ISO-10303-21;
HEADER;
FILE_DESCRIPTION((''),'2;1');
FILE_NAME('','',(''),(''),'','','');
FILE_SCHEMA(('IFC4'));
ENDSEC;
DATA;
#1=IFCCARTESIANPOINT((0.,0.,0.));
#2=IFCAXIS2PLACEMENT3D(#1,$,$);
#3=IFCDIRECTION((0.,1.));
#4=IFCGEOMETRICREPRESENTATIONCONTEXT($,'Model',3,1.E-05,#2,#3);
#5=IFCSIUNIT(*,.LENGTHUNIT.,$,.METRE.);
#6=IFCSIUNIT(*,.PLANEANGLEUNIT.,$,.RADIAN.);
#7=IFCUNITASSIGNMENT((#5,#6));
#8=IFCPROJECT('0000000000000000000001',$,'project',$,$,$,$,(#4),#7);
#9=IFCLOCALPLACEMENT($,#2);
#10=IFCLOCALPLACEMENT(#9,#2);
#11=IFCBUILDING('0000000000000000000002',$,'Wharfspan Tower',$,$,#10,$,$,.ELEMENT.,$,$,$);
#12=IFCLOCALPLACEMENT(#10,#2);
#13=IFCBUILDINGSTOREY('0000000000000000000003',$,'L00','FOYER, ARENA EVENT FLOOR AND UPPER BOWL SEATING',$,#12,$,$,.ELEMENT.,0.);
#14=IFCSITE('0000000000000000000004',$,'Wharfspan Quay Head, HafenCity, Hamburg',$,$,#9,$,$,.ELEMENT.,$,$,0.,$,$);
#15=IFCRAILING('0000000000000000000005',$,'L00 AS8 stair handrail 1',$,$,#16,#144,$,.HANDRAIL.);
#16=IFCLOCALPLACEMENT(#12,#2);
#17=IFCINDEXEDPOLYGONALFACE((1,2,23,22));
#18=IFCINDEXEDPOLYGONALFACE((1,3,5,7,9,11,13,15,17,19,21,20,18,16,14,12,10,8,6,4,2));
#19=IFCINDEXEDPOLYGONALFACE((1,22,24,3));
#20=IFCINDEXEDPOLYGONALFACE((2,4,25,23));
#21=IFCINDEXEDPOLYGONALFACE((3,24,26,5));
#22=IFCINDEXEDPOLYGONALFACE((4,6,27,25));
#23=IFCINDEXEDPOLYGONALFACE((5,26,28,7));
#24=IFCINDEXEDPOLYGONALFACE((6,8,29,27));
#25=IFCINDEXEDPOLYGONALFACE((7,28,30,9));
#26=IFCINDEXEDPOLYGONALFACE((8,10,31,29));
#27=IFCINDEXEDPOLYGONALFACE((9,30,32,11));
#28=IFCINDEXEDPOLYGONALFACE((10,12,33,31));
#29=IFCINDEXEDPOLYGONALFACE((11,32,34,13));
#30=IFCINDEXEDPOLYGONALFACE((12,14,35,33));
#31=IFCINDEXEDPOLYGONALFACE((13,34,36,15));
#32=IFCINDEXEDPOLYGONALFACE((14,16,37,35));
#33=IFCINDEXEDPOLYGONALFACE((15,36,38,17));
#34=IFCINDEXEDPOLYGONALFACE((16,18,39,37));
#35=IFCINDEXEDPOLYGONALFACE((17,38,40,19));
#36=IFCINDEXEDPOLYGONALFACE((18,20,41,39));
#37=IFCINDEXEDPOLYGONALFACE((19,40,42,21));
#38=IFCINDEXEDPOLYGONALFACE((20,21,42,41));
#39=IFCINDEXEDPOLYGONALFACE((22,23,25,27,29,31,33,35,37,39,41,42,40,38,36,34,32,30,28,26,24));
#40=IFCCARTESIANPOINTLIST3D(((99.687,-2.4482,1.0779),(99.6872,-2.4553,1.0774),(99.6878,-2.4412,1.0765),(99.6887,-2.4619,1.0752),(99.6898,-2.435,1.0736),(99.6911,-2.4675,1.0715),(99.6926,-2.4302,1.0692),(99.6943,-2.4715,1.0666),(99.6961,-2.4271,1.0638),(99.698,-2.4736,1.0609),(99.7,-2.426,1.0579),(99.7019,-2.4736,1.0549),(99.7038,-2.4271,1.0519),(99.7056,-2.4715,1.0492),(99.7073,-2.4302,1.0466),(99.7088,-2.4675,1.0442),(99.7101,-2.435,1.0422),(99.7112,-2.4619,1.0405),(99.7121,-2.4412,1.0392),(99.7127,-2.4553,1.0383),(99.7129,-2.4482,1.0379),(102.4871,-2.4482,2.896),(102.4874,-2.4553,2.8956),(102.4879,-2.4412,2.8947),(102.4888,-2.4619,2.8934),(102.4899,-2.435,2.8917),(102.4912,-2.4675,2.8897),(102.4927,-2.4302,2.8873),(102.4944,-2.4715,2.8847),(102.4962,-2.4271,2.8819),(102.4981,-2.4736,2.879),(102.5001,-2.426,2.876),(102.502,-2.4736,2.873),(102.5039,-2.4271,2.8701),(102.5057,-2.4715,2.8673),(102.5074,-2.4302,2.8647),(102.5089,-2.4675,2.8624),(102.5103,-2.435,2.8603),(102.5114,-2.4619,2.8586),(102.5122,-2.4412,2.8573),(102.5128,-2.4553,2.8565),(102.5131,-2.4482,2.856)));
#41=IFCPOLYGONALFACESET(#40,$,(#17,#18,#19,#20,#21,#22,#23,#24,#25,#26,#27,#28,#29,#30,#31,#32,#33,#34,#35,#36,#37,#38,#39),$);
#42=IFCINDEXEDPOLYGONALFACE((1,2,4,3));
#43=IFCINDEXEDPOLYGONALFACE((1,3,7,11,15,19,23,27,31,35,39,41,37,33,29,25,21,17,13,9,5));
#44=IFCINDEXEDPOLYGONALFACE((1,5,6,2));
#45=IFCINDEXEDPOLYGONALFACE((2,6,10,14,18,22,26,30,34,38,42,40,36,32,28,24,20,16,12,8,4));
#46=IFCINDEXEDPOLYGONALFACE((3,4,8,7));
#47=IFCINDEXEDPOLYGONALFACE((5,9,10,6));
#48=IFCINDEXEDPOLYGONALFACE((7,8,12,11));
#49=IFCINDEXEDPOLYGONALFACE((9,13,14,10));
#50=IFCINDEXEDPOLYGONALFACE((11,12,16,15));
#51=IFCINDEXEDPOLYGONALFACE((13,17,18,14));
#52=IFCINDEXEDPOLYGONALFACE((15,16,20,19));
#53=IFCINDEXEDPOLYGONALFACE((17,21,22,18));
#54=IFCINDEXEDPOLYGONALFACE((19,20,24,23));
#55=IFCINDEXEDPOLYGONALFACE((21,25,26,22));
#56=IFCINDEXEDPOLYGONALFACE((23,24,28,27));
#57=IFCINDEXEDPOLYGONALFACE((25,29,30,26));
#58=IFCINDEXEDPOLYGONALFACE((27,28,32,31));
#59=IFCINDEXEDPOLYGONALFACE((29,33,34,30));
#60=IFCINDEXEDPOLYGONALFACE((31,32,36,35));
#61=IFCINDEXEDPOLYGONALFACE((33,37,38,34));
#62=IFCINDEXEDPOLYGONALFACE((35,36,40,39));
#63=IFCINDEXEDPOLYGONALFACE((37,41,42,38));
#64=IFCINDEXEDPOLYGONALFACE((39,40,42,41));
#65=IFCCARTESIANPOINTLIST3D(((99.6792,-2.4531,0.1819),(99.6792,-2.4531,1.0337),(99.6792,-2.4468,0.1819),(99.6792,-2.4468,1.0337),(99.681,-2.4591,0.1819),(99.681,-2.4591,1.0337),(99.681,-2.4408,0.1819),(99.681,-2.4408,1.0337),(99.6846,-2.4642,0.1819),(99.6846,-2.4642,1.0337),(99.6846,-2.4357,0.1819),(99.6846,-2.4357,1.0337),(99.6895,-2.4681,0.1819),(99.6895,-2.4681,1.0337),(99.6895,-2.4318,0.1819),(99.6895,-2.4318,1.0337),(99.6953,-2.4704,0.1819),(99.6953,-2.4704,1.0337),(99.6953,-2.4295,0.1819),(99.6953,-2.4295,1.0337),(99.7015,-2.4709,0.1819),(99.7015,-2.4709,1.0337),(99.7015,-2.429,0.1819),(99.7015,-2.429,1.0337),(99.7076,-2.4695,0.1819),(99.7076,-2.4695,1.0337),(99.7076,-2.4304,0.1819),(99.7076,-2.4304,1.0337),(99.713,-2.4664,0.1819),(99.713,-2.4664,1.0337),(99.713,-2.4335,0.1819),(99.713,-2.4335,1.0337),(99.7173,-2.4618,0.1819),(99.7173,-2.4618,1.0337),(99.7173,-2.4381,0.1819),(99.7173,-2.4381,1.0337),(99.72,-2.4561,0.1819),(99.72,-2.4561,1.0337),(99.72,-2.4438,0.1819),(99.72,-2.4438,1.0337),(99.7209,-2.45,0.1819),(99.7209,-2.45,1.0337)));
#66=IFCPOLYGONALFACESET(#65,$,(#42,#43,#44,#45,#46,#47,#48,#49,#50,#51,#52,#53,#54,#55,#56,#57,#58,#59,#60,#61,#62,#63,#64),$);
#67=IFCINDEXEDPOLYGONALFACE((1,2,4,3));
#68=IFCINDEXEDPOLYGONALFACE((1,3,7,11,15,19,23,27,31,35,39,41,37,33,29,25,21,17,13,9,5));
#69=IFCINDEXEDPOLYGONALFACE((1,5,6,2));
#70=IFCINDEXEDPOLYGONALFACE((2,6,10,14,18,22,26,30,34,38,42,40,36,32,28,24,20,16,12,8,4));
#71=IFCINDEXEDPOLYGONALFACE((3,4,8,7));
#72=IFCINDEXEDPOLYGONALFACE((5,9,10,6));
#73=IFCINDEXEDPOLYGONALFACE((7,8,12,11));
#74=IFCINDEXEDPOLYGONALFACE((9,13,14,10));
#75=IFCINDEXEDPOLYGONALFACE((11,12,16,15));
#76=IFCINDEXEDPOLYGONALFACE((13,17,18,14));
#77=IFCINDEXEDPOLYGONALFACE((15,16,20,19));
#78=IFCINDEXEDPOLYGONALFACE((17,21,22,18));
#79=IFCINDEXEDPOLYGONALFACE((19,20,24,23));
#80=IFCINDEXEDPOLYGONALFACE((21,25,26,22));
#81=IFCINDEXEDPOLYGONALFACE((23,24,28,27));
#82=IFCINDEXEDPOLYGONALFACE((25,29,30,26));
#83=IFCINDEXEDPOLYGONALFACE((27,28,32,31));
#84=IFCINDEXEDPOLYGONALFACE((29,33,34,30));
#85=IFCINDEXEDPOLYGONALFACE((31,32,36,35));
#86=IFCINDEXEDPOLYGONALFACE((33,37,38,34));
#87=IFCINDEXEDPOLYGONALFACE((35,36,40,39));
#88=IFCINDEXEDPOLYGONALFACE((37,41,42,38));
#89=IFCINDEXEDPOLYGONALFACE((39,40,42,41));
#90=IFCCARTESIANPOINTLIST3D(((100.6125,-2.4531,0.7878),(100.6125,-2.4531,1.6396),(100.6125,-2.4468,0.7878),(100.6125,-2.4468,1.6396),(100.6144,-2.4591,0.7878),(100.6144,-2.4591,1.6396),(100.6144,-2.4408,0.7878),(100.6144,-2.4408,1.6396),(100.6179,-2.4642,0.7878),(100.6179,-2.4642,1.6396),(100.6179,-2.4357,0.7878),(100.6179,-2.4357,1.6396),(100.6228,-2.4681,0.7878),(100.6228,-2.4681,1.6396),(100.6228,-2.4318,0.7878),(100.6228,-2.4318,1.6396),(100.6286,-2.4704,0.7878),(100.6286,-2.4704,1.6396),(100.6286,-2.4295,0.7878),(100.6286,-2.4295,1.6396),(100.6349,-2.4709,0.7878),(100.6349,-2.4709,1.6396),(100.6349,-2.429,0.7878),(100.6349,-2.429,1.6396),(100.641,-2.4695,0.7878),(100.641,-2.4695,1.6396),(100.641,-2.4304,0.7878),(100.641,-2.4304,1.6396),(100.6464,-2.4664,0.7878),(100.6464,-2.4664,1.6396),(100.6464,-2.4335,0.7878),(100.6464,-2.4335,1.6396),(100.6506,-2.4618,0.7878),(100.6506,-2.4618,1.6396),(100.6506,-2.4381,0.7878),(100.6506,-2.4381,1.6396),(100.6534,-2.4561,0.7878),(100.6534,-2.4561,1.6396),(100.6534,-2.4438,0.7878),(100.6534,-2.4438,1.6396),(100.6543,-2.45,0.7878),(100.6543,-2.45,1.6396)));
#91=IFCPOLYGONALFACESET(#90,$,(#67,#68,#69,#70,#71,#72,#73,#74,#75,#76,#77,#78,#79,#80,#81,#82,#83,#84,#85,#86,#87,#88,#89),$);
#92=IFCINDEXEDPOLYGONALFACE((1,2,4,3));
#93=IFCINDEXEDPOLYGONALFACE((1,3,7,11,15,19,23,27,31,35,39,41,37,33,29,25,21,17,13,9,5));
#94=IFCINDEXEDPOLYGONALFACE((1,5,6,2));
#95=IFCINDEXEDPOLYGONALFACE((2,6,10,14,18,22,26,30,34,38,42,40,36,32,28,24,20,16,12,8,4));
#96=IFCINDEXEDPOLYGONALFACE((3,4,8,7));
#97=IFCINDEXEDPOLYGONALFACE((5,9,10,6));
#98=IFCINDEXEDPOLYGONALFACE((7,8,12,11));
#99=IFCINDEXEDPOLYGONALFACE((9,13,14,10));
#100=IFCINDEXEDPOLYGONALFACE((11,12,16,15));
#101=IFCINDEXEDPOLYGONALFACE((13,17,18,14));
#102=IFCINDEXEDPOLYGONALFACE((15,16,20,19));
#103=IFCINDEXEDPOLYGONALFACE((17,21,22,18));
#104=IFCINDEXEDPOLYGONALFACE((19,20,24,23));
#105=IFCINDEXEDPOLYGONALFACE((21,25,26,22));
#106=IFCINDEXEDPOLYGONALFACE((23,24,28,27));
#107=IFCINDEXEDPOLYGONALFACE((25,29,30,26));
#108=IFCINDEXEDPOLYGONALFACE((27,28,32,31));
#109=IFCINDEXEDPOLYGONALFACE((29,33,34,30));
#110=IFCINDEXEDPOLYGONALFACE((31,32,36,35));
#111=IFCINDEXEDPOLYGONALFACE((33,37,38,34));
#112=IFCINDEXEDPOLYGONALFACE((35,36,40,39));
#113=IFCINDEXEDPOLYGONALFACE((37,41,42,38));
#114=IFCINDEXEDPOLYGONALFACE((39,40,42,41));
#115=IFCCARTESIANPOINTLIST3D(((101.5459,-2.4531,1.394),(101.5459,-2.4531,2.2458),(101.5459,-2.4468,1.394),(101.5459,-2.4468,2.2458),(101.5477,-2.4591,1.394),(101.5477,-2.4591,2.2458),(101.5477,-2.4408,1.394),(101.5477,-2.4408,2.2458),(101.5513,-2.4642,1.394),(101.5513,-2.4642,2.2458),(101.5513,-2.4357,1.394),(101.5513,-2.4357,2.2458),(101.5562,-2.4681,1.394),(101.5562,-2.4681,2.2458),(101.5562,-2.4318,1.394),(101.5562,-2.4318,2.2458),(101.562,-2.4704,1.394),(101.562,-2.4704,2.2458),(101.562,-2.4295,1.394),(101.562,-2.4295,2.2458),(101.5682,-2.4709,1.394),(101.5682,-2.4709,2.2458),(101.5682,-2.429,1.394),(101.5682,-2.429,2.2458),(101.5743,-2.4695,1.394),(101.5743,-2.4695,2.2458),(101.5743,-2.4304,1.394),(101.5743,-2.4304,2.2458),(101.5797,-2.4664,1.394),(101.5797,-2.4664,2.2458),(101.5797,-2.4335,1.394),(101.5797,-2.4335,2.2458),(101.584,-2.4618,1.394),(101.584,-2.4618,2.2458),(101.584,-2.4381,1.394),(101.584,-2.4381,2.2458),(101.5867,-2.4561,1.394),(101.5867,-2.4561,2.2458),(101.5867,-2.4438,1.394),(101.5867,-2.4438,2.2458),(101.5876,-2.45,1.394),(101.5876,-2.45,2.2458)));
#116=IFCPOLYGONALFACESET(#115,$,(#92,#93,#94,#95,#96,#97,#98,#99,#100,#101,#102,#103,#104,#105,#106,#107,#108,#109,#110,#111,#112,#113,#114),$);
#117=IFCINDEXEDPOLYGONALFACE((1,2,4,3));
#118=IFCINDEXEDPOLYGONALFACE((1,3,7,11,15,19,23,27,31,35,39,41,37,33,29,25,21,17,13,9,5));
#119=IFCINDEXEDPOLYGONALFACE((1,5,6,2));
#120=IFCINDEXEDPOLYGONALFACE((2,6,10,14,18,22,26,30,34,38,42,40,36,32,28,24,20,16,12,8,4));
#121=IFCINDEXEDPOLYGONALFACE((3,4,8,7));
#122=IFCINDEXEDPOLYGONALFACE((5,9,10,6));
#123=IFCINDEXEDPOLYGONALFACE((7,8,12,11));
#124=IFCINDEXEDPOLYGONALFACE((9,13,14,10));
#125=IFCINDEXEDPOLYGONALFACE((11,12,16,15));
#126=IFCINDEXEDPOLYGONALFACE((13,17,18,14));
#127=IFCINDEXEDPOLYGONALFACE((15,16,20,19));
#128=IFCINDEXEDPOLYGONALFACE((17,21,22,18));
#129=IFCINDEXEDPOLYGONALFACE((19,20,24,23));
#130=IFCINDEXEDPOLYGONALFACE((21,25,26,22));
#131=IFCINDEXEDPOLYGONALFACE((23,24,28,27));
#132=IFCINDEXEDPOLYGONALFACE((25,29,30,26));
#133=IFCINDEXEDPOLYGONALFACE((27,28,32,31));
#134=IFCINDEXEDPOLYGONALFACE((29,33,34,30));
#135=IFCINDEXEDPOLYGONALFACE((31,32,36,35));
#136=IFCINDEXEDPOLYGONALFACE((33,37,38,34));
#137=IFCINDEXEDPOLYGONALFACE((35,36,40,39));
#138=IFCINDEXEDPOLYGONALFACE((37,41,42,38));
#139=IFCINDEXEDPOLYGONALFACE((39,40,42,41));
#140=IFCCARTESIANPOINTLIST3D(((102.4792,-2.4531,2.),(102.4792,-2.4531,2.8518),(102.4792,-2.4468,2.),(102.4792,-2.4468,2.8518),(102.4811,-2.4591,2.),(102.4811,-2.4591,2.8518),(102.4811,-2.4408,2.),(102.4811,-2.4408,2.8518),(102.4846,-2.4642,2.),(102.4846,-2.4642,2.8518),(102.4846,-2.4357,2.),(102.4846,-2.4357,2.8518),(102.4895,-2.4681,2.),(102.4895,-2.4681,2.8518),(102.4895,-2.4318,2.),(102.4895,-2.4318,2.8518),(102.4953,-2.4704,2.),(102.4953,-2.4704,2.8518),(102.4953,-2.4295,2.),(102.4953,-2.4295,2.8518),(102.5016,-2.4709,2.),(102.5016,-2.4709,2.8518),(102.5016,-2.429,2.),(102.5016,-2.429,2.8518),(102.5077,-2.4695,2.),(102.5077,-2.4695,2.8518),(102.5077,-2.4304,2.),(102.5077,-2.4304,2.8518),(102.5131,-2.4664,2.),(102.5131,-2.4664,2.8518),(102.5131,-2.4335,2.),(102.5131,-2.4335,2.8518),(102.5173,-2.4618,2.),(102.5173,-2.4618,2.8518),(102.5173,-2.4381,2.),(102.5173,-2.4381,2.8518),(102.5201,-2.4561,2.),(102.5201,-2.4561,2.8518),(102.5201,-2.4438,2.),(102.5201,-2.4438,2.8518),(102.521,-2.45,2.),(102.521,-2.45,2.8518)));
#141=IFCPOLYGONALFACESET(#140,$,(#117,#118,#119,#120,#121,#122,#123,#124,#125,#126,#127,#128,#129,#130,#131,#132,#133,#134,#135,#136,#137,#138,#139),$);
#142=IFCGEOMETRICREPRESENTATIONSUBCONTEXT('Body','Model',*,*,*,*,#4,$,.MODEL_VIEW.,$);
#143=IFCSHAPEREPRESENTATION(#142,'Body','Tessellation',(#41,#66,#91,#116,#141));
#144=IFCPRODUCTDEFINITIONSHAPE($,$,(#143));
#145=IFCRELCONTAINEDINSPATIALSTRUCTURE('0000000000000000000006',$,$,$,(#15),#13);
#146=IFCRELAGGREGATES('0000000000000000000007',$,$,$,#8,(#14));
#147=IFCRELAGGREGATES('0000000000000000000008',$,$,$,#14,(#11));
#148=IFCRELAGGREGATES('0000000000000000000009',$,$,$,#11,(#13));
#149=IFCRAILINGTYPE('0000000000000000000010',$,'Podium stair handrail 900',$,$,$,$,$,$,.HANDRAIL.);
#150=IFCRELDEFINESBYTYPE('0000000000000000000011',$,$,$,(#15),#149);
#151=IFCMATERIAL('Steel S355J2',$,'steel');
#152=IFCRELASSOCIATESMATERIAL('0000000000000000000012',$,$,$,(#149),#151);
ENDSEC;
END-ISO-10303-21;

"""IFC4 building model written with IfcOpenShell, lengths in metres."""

from ifc_helpers import new_model, si_unit, direction, frame, origin, origin_2d, place, context, subcontext, project, spatial, circle, extrude, material, type_object, element, save


model = new_model("IFC4")

# Units and contexts
model_context = context("Model", 3, precision=1e-05, world=origin(), true_north=direction((0.0, 1.0)))
body_context = subcontext(model_context, "Body", "Model", "MODEL_VIEW")
ifc_project = project(units=[si_unit("LENGTHUNIT", "METRE"), si_unit("PLANEANGLEUNIT", "RADIAN")], contexts=[model_context])

# Site, building, storey
site_placement = place(None, origin())
site = spatial("IfcSite", under=ifc_project, at=site_placement, Name="Wharfspan Quay Head, HafenCity, Hamburg", CompositionType="ELEMENT", RefElevation=0.0)
building_placement = place(site_placement, origin())
building = spatial("IfcBuilding", under=site, at=building_placement, Name="Wharfspan Tower", CompositionType="ELEMENT")
storey_placement = place(building_placement, origin())
storey = spatial("IfcBuildingStorey", under=building, at=storey_placement, Name="L00", Description="FOYER, ARENA EVENT FLOOR AND UPPER BOWL SEATING", CompositionType="ELEMENT", Elevation=0.0)

# Shared definitions
ifc_material_1 = material(Name="Steel S355J2", Category="steel")

# Railing
railing_type_1 = type_object("IfcRailingType", Name="Podium stair handrail 900", PredefinedType="HANDRAIL", material=ifc_material_1)
railing_1_placement = place(storey_placement, frame((99.7, -2.45, 0.1819)))
element("IfcRailing", 1, at=railing_1_placement, inside=storey, type_object=railing_type_1, Name="L00 AS8 stair handrail 1", PredefinedType="HANDRAIL", context=body_context, shape_type="SweptSolid", body=[
    extrude(circle(Radius=0.0239, at=origin_2d()), frame((0.0, 0.0, 0.876), z_axis=(0.838706, 0.0, 0.544585), x_axis=(0.0, 1.0, 0.0)), (0.0, 0.0, 1.0), 3.3386),
    extrude(circle(Radius=0.021, at=origin_2d()), origin(), (0.0, 0.0, 1.0), 0.8518),
    extrude(circle(Radius=0.021, at=origin_2d()), frame((0.9334, 0.0, 0.606)), (0.0, 0.0, 1.0), 0.8518),
    extrude(circle(Radius=0.021, at=origin_2d()), frame((1.8667, 0.0, 1.2122)), (0.0, 0.0, 1.0), 0.8518),
    extrude(circle(Radius=0.021, at=origin_2d()), frame((2.8, 0.0, 1.8181)), (0.0, 0.0, 1.0), 0.8518),
])

save(model, "model.ifc")
